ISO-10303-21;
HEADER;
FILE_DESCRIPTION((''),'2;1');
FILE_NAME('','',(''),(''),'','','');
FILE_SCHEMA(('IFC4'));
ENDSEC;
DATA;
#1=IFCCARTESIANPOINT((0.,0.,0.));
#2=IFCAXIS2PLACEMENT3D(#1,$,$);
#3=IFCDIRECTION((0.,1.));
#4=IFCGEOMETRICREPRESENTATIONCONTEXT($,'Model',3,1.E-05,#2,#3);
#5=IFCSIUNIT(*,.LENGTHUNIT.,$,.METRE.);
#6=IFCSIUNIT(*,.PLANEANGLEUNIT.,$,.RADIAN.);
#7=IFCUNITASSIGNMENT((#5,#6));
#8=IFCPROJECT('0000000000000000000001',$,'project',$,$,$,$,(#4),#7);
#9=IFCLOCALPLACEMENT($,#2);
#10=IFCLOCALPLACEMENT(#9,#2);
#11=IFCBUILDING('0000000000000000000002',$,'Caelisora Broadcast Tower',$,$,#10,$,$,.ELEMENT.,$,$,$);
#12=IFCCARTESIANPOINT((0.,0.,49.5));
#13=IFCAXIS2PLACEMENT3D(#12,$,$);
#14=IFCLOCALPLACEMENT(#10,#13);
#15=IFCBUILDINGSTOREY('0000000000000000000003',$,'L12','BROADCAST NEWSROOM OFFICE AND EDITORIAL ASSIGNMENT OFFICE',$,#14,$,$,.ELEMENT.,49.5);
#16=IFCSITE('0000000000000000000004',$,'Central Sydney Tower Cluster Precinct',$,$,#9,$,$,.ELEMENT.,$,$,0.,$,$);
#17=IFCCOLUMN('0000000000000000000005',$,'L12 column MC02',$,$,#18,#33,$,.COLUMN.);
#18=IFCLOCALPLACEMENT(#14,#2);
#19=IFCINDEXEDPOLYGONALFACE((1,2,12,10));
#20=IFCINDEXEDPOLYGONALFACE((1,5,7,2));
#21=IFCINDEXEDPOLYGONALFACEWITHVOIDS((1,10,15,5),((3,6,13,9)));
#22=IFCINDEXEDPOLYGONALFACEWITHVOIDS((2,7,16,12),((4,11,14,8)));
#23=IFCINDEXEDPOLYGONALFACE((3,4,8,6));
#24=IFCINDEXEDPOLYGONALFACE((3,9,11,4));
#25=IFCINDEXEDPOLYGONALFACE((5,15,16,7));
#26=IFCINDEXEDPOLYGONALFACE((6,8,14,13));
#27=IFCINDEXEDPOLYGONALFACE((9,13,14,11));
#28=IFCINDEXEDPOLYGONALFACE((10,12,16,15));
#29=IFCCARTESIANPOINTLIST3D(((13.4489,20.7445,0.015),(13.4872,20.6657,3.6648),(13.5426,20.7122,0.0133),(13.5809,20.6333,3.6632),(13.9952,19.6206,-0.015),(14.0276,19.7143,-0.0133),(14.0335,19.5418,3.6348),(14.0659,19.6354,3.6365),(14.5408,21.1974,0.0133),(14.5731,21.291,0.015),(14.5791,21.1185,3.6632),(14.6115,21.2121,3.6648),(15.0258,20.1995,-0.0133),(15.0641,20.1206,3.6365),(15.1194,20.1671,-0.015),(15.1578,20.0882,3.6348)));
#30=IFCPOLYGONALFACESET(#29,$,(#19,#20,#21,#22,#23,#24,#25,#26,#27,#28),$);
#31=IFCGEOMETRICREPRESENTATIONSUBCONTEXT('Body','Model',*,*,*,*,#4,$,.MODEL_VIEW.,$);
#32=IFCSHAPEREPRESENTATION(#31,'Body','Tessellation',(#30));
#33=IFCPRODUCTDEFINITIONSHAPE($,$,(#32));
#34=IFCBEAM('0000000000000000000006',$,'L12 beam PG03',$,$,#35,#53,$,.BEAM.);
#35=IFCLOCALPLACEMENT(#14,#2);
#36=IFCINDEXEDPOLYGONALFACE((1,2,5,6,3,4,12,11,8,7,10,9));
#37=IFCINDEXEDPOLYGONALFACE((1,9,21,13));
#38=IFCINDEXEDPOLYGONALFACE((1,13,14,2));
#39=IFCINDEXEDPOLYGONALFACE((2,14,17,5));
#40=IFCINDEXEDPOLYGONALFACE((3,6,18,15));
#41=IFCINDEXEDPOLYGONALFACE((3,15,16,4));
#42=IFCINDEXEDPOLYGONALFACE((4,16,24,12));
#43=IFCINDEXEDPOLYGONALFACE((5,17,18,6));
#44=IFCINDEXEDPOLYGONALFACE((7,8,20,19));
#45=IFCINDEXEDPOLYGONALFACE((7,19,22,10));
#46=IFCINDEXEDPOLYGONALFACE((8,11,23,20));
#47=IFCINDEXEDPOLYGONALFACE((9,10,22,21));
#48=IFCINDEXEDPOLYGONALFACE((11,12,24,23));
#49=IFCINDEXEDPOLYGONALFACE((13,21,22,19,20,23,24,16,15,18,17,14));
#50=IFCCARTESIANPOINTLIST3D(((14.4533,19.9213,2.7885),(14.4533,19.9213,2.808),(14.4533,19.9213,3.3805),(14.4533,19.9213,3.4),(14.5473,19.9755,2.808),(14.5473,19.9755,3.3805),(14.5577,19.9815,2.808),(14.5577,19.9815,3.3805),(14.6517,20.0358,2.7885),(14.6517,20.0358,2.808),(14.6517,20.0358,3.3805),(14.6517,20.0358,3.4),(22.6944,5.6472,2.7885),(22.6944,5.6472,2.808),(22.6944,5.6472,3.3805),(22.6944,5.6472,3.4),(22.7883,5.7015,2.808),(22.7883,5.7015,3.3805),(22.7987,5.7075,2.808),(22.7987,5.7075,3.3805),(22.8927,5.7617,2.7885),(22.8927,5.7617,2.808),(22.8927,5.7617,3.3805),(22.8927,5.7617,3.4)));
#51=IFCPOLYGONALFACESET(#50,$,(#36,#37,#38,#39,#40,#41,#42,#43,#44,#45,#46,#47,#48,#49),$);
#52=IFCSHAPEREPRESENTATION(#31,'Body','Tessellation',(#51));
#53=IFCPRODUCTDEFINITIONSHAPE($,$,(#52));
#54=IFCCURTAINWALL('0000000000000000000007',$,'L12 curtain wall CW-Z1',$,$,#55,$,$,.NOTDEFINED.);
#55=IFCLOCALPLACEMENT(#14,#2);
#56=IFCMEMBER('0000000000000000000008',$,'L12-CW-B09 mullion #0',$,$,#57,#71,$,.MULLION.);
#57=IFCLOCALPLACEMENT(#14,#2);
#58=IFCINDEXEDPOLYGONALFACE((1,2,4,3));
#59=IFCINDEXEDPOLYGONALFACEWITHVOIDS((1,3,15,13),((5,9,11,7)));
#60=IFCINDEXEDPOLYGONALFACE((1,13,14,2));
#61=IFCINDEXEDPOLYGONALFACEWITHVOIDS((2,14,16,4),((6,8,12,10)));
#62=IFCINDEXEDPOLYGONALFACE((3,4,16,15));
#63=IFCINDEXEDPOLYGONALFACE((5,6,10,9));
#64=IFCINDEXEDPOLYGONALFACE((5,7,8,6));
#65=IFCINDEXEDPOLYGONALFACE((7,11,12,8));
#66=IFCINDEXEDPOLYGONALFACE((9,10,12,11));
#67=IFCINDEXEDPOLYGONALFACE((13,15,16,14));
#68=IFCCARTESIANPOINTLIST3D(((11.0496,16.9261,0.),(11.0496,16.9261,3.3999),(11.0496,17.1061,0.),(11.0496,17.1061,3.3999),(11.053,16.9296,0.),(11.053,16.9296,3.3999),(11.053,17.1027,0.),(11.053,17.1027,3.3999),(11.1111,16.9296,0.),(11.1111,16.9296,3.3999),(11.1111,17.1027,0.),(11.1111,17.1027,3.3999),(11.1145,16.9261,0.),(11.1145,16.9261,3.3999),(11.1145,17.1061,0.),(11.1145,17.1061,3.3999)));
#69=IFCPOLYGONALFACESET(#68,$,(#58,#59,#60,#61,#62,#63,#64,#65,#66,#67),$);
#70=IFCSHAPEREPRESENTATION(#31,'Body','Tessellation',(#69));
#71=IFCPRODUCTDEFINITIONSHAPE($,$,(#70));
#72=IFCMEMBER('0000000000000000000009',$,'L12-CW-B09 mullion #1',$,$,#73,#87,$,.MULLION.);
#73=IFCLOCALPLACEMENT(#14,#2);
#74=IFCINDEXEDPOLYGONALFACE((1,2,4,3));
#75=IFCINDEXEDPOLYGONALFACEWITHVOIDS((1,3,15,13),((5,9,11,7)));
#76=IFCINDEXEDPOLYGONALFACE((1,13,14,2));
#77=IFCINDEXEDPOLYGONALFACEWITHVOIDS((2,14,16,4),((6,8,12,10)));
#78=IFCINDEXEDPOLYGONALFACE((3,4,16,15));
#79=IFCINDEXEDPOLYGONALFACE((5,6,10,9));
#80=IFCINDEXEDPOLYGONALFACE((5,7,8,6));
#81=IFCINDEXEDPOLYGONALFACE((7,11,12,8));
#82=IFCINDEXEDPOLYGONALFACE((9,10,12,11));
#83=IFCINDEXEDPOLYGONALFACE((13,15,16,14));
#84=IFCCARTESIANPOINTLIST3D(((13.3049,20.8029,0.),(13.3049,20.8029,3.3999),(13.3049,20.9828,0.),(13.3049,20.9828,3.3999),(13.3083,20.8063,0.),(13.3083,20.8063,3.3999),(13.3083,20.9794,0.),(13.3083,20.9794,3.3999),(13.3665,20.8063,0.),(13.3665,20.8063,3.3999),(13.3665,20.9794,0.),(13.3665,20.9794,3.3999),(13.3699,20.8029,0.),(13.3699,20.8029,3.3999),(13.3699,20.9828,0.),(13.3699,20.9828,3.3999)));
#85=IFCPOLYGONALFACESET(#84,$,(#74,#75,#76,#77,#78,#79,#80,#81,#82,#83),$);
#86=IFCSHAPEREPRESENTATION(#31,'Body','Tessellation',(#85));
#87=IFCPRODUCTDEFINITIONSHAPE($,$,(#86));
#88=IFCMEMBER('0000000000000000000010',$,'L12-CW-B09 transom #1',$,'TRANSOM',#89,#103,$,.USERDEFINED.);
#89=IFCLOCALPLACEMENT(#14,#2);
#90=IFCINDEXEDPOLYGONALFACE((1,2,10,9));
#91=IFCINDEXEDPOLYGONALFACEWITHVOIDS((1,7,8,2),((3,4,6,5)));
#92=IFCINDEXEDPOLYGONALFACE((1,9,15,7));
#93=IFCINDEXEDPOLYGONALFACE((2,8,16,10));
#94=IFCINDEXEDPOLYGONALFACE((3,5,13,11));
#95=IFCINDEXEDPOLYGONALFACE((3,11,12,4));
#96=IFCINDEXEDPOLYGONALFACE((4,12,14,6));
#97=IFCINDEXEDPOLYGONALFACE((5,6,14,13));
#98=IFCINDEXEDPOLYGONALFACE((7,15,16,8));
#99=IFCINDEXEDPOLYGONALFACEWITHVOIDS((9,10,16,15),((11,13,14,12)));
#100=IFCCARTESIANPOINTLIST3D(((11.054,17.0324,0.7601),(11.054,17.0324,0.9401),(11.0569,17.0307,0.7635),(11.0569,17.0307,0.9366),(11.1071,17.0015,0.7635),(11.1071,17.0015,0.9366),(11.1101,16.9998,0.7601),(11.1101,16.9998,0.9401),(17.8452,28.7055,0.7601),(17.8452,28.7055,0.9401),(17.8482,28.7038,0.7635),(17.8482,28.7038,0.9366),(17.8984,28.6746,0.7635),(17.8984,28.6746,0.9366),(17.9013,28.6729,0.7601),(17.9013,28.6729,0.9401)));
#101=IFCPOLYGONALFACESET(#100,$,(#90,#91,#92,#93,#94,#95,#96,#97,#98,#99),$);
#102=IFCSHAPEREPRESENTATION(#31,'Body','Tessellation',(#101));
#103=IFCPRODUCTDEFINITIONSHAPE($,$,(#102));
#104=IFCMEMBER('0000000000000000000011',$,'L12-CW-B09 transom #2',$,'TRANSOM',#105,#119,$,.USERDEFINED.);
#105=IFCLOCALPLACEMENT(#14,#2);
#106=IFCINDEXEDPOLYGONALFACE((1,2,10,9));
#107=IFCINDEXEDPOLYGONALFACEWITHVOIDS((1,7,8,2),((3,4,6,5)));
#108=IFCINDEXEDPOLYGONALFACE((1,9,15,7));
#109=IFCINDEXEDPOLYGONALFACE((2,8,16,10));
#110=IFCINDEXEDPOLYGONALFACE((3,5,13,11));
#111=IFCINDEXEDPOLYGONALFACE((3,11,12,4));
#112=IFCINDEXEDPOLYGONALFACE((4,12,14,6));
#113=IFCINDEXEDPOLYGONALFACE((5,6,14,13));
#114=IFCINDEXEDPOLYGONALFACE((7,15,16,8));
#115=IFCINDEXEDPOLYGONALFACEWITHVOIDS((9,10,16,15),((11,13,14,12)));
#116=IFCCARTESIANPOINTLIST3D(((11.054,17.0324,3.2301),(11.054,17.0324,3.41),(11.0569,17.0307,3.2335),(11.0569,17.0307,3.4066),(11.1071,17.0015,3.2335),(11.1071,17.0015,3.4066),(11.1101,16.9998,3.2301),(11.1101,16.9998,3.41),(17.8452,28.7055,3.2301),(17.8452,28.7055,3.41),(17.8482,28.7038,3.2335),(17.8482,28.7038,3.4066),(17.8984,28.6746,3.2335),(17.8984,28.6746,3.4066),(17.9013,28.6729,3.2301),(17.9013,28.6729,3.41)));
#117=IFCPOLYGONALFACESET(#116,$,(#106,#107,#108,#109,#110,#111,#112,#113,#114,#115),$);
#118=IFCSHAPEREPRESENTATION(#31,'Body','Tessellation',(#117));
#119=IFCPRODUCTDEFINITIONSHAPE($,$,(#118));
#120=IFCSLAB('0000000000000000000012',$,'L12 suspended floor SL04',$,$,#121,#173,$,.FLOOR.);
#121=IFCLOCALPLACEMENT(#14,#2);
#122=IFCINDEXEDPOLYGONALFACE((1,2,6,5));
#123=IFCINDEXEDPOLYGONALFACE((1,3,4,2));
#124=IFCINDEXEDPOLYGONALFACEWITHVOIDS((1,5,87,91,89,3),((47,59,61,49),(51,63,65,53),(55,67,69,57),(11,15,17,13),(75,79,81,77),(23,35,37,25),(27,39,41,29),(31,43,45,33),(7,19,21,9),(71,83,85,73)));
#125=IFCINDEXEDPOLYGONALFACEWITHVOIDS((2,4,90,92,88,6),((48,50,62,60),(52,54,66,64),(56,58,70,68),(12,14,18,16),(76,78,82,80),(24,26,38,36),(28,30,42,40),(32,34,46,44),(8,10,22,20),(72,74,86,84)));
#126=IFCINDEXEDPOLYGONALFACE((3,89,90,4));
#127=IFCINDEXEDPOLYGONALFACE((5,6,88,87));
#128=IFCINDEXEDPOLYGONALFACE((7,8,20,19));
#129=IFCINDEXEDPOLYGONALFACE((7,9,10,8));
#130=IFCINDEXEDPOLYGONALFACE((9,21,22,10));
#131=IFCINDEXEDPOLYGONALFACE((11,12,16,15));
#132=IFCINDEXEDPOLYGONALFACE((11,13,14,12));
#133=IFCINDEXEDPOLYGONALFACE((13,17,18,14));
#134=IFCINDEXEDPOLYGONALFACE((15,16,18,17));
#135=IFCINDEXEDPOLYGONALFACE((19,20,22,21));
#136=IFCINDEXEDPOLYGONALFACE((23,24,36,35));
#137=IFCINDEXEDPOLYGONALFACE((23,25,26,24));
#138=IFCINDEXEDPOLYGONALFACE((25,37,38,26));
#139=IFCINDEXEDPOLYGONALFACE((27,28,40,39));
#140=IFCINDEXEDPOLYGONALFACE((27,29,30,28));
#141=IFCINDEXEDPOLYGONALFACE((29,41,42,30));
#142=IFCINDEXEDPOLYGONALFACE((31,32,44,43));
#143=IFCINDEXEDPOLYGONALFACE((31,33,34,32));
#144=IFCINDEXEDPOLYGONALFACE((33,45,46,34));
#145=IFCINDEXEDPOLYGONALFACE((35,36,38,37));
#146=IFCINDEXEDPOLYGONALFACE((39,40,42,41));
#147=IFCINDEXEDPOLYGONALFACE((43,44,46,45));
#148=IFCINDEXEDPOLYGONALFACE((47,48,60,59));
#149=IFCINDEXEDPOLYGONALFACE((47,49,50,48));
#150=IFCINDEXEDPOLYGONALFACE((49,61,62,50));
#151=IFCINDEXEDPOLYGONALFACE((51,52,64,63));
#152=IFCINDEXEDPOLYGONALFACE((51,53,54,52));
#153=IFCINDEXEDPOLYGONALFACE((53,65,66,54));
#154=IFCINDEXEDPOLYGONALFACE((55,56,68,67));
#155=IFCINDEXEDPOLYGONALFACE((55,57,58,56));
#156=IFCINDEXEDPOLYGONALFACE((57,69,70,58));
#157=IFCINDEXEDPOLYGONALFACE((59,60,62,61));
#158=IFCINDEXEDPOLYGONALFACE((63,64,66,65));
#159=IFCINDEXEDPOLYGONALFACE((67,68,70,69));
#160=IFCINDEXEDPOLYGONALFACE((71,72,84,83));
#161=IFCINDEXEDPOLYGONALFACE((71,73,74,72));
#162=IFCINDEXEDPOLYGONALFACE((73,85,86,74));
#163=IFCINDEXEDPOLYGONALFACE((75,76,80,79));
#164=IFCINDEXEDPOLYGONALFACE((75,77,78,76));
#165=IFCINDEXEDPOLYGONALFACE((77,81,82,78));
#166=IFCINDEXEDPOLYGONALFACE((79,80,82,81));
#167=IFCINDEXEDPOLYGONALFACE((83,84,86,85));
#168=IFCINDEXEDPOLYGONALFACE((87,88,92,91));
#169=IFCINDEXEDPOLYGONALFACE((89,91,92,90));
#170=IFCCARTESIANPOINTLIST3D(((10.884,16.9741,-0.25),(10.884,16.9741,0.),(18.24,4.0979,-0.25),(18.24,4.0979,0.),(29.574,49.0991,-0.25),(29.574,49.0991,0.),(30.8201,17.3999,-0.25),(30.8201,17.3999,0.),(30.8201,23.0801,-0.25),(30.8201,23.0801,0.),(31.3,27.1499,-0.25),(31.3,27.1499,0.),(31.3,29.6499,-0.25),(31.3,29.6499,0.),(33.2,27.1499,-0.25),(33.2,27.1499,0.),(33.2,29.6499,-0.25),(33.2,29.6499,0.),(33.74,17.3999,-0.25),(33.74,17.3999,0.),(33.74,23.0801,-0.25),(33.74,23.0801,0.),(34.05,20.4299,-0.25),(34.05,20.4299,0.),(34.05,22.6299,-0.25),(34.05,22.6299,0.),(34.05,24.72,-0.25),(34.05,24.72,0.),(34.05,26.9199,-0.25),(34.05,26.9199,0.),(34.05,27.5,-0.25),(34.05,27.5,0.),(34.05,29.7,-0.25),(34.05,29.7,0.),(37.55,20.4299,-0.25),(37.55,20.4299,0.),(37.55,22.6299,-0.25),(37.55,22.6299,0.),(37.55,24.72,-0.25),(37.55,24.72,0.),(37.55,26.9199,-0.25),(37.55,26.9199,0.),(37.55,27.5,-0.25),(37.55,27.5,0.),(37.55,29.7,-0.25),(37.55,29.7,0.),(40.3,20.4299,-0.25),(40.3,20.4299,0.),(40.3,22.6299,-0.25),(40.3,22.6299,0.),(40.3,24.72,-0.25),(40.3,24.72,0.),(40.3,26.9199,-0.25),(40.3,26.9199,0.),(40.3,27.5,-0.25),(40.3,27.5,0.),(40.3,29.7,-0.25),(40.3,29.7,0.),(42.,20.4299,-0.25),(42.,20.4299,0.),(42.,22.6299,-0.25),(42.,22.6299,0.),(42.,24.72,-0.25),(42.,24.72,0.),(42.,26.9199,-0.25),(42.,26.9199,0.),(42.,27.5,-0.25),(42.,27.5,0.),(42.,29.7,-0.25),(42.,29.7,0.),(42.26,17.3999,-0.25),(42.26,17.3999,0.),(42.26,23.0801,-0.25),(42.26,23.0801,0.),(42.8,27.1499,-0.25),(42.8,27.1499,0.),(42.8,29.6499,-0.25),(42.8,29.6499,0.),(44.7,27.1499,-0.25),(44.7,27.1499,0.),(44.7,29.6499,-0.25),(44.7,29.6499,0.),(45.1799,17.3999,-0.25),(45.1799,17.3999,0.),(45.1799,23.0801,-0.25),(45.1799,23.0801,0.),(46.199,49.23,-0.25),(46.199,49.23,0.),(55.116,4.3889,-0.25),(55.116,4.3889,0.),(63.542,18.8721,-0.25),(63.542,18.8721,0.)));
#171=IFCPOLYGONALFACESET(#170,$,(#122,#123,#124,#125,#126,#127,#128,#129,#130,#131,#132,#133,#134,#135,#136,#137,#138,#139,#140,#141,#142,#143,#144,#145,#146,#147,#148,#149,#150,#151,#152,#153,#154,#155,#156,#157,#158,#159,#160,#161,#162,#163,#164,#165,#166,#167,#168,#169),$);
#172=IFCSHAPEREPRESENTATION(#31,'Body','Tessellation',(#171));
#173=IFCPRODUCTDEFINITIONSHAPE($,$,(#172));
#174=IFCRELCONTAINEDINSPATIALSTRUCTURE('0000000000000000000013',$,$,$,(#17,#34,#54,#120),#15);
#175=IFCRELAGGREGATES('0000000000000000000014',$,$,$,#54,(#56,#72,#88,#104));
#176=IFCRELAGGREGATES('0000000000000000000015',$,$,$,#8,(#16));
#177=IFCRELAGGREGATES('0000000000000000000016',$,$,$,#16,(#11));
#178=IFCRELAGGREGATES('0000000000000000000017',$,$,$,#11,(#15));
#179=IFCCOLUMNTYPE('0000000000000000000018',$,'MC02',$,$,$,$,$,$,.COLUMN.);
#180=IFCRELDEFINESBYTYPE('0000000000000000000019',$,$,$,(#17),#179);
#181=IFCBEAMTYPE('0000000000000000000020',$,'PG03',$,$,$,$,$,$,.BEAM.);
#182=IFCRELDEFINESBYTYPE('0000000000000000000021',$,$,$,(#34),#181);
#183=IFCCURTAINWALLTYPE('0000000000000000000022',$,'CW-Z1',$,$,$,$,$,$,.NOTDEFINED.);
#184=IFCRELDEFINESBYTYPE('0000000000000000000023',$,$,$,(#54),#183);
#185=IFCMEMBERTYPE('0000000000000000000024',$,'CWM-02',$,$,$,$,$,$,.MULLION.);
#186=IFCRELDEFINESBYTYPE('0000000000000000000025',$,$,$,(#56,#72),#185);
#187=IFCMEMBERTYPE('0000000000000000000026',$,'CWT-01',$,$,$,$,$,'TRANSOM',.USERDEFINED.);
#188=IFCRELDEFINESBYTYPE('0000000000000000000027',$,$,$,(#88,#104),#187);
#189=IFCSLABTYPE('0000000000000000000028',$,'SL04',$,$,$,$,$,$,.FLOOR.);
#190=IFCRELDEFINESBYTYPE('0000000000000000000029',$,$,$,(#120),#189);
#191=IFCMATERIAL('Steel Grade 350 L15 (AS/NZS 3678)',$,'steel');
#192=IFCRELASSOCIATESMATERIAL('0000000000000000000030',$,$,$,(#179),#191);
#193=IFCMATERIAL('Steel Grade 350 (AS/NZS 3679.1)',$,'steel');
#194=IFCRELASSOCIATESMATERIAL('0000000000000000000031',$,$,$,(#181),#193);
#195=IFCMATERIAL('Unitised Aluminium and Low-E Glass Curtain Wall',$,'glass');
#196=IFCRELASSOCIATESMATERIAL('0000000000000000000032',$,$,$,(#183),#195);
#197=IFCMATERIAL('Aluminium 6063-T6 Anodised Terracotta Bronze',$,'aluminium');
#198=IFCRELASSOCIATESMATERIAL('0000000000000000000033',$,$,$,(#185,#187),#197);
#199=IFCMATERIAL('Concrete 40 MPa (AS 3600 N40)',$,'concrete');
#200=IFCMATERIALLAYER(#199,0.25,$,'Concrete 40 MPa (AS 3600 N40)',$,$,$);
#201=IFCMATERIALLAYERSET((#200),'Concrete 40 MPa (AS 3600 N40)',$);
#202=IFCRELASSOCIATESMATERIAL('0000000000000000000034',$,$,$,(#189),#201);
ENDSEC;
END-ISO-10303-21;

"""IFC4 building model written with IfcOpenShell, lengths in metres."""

from ifc_helpers import new_model, si_unit, direction, frame, origin, origin_2d, place, context, subcontext, project, spatial, polyline, hollow_rectangle, i_section, outline, extrude, source, transform, mapped, material, layer, layer_set, material_profile, profile_set, type_object, type_shapes, element, aggregate, save


model = new_model("IFC4")

# Units and contexts
model_context = context("Model", 3, precision=1e-05, world=origin(), true_north=direction((0.0, 1.0)))
body_context = subcontext(model_context, "Body", "Model", "MODEL_VIEW")
ifc_project = project(units=[si_unit("LENGTHUNIT", "METRE"), si_unit("PLANEANGLEUNIT", "RADIAN")], contexts=[model_context])

# Site, building, storey
site_placement = place(None, origin())
site = spatial("IfcSite", under=ifc_project, at=site_placement, Name="Central Sydney Tower Cluster Precinct", CompositionType="ELEMENT", RefElevation=0.0)
building_placement = place(site_placement, origin())
building = spatial("IfcBuilding", under=site, at=building_placement, Name="Caelisora Broadcast Tower", CompositionType="ELEMENT")
storey_placement = place(building_placement, frame((0.0, 0.0, 49.5)))
storey = spatial("IfcBuildingStorey", under=building, at=storey_placement, Name="L12", Description="BROADCAST NEWSROOM OFFICE AND EDITORIAL ASSIGNMENT OFFICE", CompositionType="ELEMENT", Elevation=49.5)

# Column
ifc_material_1 = material(Name="Steel Grade 350 L15 (AS/NZS 3678)", Category="steel")
ifc_material_profile_1 = material_profile(ifc_material_1, hollow_rectangle(XDim=1.25, YDim=1.25, WallThickness=0.0701, at=origin_2d()), Name="Steel Grade 350 L15 (AS/NZS 3678)")
ifc_profile_set_1 = profile_set([ifc_material_profile_1], Name="Steel Grade 350 L15 (AS/NZS 3678)")
column_type = type_object("IfcColumnType", Name="MC02", PredefinedType="COLUMN", material=ifc_profile_set_1)
shared_shape_1 = source(origin(), body_context, "Body", "SweptSolid", [
    extrude(hollow_rectangle(XDim=1.25, YDim=1.25, WallThickness=0.0701, at=origin_2d()), origin(), (0.0, 0.0, 1.0), 3.6509),
])
type_shapes(column_type, [shared_shape_1])
column_placement = place(storey_placement, frame((14.2842, 20.4558, 0.0), z_axis=(0.010499, -0.021599, 0.999712), x_axis=(0.899383, 0.437161, 0.0)))
element("IfcColumn", 1, at=column_placement, inside=storey, type_object=column_type, Name="L12 column MC02", PredefinedType="COLUMN", context=body_context, shape_type="MappedRepresentation", body=[
    mapped(shared_shape_1, transform((0.0, 0.0, 0.0), scale=1.0)),
])

# Beam
ifc_material_2 = material(Name="Steel Grade 350 (AS/NZS 3679.1)", Category="steel")
ifc_material_profile_2 = material_profile(ifc_material_2, i_section(OverallWidth=0.229, OverallDepth=0.6116, WebThickness=0.012, FlangeThickness=0.0195, at=origin_2d()), Name="Steel Grade 350 (AS/NZS 3679.1)")
ifc_profile_set_2 = profile_set([ifc_material_profile_2], Name="Steel Grade 350 (AS/NZS 3679.1)")
beam_type = type_object("IfcBeamType", Name="PG03", PredefinedType="BEAM", material=ifc_profile_set_2)
shared_shape_2 = source(origin(), body_context, "Body", "SweptSolid", [
    extrude(i_section(OverallWidth=0.229, OverallDepth=0.6116, WebThickness=0.012, FlangeThickness=0.0195, at=origin_2d()), origin(), (0.0, 0.0, 1.0), 16.4822),
])
type_shapes(beam_type, [shared_shape_2])
beam_placement = place(storey_placement, frame((14.5525, 19.9785, 3.0942), z_axis=(0.499996, -0.866028, 0.0), x_axis=(0.866028, 0.499996, 0.0)))
element("IfcBeam", 2, at=beam_placement, inside=storey, type_object=beam_type, Name="L12 beam PG03", PredefinedType="BEAM", context=body_context, shape_type="MappedRepresentation", body=[
    mapped(shared_shape_2, transform((0.0, 0.0, 0.0), scale=1.0)),
])

# Curtain wall, members
ifc_material_3 = material(Name="Unitised Aluminium and Low-E Glass Curtain Wall", Category="glass")
curtain_wall_type = type_object("IfcCurtainWallType", Name="CW-Z1", PredefinedType="NOTDEFINED", material=ifc_material_3)
curtain_wall_placement = place(storey_placement, origin())
curtain_wall = element("IfcCurtainWall", 3, at=curtain_wall_placement, inside=storey, type_object=curtain_wall_type, Name="L12 curtain wall CW-Z1", PredefinedType="NOTDEFINED")
ifc_material_4 = material(Name="Aluminium 6063-T6 Anodised Terracotta Bronze", Category="aluminium")
ifc_material_profile_3 = material_profile(ifc_material_4, hollow_rectangle(XDim=0.0649, YDim=0.1799, WallThickness=0.0034, at=origin_2d()), Name="Aluminium 6063-T6 Anodised Terracotta Bronze")
ifc_profile_set_3 = profile_set([ifc_material_profile_3], Name="Aluminium 6063-T6 Anodised Terracotta Bronze")
member_type_1 = type_object("IfcMemberType", Name="CWM-02", PredefinedType="MULLION", material=ifc_profile_set_3)
shared_shape_3 = source(origin(), body_context, "Body", "SweptSolid", [
    extrude(hollow_rectangle(XDim=0.0649, YDim=0.1799, WallThickness=0.0034, at=origin_2d()), origin(), (0.0, 0.0, 1.0), 3.3999),
])
type_shapes(member_type_1, [shared_shape_3])
member_1_placement = place(storey_placement, frame((11.082, 17.0161, 0.0), z_axis=(0.0, 0.0, 1.0), x_axis=(1.0, 0.0, 0.0)))
member_1 = element("IfcMember", 4, at=member_1_placement, type_object=member_type_1, Name="L12-CW-B09 mullion #0", PredefinedType="MULLION", context=body_context, shape_type="MappedRepresentation", body=[
    mapped(shared_shape_3, transform((0.0, 0.0, 0.0), scale=1.0)),
])
member_2_placement = place(storey_placement, frame((13.3374, 20.8928, 0.0), z_axis=(0.0, 0.0, 1.0), x_axis=(1.0, 0.0, 0.0)))
member_2 = element("IfcMember", 5, at=member_2_placement, type_object=member_type_1, Name="L12-CW-B09 mullion #1", PredefinedType="MULLION", context=body_context, shape_type="MappedRepresentation", body=[
    mapped(shared_shape_3, transform((0.0, 0.0, 0.0), scale=1.0)),
])
ifc_material_profile_4 = material_profile(ifc_material_4, hollow_rectangle(XDim=0.0649, YDim=0.1799, WallThickness=0.0034, at=origin_2d()), Name="Aluminium 6063-T6 Anodised Terracotta Bronze")
ifc_profile_set_4 = profile_set([ifc_material_profile_4], Name="Aluminium 6063-T6 Anodised Terracotta Bronze")
member_type_2 = type_object("IfcMemberType", Name="CWT-01", ElementType="TRANSOM", PredefinedType="USERDEFINED", material=ifc_profile_set_4)
shared_shape_4 = source(origin(), body_context, "Body", "SweptSolid", [
    extrude(hollow_rectangle(XDim=0.0649, YDim=0.1799, WallThickness=0.0034, at=origin_2d()), origin(), (0.0, 0.0, 1.0), 13.5049),
])
type_shapes(member_type_2, [shared_shape_4])
member_3_placement = place(storey_placement, frame((11.082, 17.0161, 0.8501), z_axis=(0.502874, 0.86436, 0.0), x_axis=(-0.86436, 0.502874, 0.0)))
member_3 = element("IfcMember", 6, at=member_3_placement, type_object=member_type_2, Name="L12-CW-B09 transom #1", ObjectType="TRANSOM", PredefinedType="USERDEFINED", context=body_context, shape_type="MappedRepresentation", body=[
    mapped(shared_shape_4, transform((0.0, 0.0, 0.0), scale=1.0)),
])
member_4_placement = place(storey_placement, frame((11.082, 17.0161, 3.3201), z_axis=(0.502874, 0.86436, 0.0), x_axis=(-0.86436, 0.502874, 0.0)))
member_4 = element("IfcMember", 7, at=member_4_placement, type_object=member_type_2, Name="L12-CW-B09 transom #2", ObjectType="TRANSOM", PredefinedType="USERDEFINED", context=body_context, shape_type="MappedRepresentation", body=[
    mapped(shared_shape_4, transform((0.0, 0.0, 0.0), scale=1.0)),
])

# Slab
ifc_material_5 = material(Name="Concrete 40 MPa (AS 3600 N40)", Category="concrete")
ifc_layer_1 = layer(ifc_material_5, 0.25, Name="Concrete 40 MPa (AS 3600 N40)")
ifc_layer_set_1 = layer_set([ifc_layer_1], Name="Concrete 40 MPa (AS 3600 N40)")
slab_type_1 = type_object("IfcSlabType", Name="SL04", PredefinedType="FLOOR", material=ifc_layer_set_1)
slab_1_placement = place(storey_placement, frame((0.0, 0.0, -0.25)))
element("IfcSlab", 8, at=slab_1_placement, inside=storey, type_object=slab_type_1, Name="L12 suspended floor SL04", PredefinedType="FLOOR", context=body_context, shape_type="SweptSolid", body=[
    extrude(outline(polyline([(46.199, 49.23), (29.574, 49.0991), (10.884, 16.9741), (18.24, 4.0979), (55.116, 4.3889), (63.542, 18.8721), (46.199, 49.23)]), holes=[polyline([(30.8201, 17.3999), (33.74, 17.3999), (33.74, 23.0801), (30.8201, 23.0801), (30.8201, 17.3999)]), polyline([(42.26, 17.3999), (45.1799, 17.3999), (45.1799, 23.0801), (42.26, 23.0801), (42.26, 17.3999)]), polyline([(42.8, 27.1499), (44.7, 27.1499), (44.7, 29.6499), (42.8, 29.6499), (42.8, 27.1499)]), polyline([(40.3, 20.4299), (42.0, 20.4299), (42.0, 22.6299), (40.3, 22.6299), (40.3, 20.4299)]), polyline([(40.3, 24.72), (42.0, 24.72), (42.0, 26.9199), (40.3, 26.9199), (40.3, 24.72)]), polyline([(40.3, 27.5), (42.0, 27.5), (42.0, 29.7), (40.3, 29.7), (40.3, 27.5)]), polyline([(34.05, 20.4299), (37.55, 20.4299), (37.55, 22.6299), (34.05, 22.6299), (34.05, 20.4299)]), polyline([(34.05, 24.72), (37.55, 24.72), (37.55, 26.9199), (34.05, 26.9199), (34.05, 24.72)]), polyline([(34.05, 27.5), (37.55, 27.5), (37.55, 29.7), (34.05, 29.7), (34.05, 27.5)]), polyline([(31.3, 27.1499), (33.2, 27.1499), (33.2, 29.6499), (31.3, 29.6499), (31.3, 27.1499)])]), origin(), (0.0, 0.0, 1.0), 0.25),
])

aggregate(curtain_wall, [member_1, member_2, member_3, member_4])

save(model, "model.ifc")
